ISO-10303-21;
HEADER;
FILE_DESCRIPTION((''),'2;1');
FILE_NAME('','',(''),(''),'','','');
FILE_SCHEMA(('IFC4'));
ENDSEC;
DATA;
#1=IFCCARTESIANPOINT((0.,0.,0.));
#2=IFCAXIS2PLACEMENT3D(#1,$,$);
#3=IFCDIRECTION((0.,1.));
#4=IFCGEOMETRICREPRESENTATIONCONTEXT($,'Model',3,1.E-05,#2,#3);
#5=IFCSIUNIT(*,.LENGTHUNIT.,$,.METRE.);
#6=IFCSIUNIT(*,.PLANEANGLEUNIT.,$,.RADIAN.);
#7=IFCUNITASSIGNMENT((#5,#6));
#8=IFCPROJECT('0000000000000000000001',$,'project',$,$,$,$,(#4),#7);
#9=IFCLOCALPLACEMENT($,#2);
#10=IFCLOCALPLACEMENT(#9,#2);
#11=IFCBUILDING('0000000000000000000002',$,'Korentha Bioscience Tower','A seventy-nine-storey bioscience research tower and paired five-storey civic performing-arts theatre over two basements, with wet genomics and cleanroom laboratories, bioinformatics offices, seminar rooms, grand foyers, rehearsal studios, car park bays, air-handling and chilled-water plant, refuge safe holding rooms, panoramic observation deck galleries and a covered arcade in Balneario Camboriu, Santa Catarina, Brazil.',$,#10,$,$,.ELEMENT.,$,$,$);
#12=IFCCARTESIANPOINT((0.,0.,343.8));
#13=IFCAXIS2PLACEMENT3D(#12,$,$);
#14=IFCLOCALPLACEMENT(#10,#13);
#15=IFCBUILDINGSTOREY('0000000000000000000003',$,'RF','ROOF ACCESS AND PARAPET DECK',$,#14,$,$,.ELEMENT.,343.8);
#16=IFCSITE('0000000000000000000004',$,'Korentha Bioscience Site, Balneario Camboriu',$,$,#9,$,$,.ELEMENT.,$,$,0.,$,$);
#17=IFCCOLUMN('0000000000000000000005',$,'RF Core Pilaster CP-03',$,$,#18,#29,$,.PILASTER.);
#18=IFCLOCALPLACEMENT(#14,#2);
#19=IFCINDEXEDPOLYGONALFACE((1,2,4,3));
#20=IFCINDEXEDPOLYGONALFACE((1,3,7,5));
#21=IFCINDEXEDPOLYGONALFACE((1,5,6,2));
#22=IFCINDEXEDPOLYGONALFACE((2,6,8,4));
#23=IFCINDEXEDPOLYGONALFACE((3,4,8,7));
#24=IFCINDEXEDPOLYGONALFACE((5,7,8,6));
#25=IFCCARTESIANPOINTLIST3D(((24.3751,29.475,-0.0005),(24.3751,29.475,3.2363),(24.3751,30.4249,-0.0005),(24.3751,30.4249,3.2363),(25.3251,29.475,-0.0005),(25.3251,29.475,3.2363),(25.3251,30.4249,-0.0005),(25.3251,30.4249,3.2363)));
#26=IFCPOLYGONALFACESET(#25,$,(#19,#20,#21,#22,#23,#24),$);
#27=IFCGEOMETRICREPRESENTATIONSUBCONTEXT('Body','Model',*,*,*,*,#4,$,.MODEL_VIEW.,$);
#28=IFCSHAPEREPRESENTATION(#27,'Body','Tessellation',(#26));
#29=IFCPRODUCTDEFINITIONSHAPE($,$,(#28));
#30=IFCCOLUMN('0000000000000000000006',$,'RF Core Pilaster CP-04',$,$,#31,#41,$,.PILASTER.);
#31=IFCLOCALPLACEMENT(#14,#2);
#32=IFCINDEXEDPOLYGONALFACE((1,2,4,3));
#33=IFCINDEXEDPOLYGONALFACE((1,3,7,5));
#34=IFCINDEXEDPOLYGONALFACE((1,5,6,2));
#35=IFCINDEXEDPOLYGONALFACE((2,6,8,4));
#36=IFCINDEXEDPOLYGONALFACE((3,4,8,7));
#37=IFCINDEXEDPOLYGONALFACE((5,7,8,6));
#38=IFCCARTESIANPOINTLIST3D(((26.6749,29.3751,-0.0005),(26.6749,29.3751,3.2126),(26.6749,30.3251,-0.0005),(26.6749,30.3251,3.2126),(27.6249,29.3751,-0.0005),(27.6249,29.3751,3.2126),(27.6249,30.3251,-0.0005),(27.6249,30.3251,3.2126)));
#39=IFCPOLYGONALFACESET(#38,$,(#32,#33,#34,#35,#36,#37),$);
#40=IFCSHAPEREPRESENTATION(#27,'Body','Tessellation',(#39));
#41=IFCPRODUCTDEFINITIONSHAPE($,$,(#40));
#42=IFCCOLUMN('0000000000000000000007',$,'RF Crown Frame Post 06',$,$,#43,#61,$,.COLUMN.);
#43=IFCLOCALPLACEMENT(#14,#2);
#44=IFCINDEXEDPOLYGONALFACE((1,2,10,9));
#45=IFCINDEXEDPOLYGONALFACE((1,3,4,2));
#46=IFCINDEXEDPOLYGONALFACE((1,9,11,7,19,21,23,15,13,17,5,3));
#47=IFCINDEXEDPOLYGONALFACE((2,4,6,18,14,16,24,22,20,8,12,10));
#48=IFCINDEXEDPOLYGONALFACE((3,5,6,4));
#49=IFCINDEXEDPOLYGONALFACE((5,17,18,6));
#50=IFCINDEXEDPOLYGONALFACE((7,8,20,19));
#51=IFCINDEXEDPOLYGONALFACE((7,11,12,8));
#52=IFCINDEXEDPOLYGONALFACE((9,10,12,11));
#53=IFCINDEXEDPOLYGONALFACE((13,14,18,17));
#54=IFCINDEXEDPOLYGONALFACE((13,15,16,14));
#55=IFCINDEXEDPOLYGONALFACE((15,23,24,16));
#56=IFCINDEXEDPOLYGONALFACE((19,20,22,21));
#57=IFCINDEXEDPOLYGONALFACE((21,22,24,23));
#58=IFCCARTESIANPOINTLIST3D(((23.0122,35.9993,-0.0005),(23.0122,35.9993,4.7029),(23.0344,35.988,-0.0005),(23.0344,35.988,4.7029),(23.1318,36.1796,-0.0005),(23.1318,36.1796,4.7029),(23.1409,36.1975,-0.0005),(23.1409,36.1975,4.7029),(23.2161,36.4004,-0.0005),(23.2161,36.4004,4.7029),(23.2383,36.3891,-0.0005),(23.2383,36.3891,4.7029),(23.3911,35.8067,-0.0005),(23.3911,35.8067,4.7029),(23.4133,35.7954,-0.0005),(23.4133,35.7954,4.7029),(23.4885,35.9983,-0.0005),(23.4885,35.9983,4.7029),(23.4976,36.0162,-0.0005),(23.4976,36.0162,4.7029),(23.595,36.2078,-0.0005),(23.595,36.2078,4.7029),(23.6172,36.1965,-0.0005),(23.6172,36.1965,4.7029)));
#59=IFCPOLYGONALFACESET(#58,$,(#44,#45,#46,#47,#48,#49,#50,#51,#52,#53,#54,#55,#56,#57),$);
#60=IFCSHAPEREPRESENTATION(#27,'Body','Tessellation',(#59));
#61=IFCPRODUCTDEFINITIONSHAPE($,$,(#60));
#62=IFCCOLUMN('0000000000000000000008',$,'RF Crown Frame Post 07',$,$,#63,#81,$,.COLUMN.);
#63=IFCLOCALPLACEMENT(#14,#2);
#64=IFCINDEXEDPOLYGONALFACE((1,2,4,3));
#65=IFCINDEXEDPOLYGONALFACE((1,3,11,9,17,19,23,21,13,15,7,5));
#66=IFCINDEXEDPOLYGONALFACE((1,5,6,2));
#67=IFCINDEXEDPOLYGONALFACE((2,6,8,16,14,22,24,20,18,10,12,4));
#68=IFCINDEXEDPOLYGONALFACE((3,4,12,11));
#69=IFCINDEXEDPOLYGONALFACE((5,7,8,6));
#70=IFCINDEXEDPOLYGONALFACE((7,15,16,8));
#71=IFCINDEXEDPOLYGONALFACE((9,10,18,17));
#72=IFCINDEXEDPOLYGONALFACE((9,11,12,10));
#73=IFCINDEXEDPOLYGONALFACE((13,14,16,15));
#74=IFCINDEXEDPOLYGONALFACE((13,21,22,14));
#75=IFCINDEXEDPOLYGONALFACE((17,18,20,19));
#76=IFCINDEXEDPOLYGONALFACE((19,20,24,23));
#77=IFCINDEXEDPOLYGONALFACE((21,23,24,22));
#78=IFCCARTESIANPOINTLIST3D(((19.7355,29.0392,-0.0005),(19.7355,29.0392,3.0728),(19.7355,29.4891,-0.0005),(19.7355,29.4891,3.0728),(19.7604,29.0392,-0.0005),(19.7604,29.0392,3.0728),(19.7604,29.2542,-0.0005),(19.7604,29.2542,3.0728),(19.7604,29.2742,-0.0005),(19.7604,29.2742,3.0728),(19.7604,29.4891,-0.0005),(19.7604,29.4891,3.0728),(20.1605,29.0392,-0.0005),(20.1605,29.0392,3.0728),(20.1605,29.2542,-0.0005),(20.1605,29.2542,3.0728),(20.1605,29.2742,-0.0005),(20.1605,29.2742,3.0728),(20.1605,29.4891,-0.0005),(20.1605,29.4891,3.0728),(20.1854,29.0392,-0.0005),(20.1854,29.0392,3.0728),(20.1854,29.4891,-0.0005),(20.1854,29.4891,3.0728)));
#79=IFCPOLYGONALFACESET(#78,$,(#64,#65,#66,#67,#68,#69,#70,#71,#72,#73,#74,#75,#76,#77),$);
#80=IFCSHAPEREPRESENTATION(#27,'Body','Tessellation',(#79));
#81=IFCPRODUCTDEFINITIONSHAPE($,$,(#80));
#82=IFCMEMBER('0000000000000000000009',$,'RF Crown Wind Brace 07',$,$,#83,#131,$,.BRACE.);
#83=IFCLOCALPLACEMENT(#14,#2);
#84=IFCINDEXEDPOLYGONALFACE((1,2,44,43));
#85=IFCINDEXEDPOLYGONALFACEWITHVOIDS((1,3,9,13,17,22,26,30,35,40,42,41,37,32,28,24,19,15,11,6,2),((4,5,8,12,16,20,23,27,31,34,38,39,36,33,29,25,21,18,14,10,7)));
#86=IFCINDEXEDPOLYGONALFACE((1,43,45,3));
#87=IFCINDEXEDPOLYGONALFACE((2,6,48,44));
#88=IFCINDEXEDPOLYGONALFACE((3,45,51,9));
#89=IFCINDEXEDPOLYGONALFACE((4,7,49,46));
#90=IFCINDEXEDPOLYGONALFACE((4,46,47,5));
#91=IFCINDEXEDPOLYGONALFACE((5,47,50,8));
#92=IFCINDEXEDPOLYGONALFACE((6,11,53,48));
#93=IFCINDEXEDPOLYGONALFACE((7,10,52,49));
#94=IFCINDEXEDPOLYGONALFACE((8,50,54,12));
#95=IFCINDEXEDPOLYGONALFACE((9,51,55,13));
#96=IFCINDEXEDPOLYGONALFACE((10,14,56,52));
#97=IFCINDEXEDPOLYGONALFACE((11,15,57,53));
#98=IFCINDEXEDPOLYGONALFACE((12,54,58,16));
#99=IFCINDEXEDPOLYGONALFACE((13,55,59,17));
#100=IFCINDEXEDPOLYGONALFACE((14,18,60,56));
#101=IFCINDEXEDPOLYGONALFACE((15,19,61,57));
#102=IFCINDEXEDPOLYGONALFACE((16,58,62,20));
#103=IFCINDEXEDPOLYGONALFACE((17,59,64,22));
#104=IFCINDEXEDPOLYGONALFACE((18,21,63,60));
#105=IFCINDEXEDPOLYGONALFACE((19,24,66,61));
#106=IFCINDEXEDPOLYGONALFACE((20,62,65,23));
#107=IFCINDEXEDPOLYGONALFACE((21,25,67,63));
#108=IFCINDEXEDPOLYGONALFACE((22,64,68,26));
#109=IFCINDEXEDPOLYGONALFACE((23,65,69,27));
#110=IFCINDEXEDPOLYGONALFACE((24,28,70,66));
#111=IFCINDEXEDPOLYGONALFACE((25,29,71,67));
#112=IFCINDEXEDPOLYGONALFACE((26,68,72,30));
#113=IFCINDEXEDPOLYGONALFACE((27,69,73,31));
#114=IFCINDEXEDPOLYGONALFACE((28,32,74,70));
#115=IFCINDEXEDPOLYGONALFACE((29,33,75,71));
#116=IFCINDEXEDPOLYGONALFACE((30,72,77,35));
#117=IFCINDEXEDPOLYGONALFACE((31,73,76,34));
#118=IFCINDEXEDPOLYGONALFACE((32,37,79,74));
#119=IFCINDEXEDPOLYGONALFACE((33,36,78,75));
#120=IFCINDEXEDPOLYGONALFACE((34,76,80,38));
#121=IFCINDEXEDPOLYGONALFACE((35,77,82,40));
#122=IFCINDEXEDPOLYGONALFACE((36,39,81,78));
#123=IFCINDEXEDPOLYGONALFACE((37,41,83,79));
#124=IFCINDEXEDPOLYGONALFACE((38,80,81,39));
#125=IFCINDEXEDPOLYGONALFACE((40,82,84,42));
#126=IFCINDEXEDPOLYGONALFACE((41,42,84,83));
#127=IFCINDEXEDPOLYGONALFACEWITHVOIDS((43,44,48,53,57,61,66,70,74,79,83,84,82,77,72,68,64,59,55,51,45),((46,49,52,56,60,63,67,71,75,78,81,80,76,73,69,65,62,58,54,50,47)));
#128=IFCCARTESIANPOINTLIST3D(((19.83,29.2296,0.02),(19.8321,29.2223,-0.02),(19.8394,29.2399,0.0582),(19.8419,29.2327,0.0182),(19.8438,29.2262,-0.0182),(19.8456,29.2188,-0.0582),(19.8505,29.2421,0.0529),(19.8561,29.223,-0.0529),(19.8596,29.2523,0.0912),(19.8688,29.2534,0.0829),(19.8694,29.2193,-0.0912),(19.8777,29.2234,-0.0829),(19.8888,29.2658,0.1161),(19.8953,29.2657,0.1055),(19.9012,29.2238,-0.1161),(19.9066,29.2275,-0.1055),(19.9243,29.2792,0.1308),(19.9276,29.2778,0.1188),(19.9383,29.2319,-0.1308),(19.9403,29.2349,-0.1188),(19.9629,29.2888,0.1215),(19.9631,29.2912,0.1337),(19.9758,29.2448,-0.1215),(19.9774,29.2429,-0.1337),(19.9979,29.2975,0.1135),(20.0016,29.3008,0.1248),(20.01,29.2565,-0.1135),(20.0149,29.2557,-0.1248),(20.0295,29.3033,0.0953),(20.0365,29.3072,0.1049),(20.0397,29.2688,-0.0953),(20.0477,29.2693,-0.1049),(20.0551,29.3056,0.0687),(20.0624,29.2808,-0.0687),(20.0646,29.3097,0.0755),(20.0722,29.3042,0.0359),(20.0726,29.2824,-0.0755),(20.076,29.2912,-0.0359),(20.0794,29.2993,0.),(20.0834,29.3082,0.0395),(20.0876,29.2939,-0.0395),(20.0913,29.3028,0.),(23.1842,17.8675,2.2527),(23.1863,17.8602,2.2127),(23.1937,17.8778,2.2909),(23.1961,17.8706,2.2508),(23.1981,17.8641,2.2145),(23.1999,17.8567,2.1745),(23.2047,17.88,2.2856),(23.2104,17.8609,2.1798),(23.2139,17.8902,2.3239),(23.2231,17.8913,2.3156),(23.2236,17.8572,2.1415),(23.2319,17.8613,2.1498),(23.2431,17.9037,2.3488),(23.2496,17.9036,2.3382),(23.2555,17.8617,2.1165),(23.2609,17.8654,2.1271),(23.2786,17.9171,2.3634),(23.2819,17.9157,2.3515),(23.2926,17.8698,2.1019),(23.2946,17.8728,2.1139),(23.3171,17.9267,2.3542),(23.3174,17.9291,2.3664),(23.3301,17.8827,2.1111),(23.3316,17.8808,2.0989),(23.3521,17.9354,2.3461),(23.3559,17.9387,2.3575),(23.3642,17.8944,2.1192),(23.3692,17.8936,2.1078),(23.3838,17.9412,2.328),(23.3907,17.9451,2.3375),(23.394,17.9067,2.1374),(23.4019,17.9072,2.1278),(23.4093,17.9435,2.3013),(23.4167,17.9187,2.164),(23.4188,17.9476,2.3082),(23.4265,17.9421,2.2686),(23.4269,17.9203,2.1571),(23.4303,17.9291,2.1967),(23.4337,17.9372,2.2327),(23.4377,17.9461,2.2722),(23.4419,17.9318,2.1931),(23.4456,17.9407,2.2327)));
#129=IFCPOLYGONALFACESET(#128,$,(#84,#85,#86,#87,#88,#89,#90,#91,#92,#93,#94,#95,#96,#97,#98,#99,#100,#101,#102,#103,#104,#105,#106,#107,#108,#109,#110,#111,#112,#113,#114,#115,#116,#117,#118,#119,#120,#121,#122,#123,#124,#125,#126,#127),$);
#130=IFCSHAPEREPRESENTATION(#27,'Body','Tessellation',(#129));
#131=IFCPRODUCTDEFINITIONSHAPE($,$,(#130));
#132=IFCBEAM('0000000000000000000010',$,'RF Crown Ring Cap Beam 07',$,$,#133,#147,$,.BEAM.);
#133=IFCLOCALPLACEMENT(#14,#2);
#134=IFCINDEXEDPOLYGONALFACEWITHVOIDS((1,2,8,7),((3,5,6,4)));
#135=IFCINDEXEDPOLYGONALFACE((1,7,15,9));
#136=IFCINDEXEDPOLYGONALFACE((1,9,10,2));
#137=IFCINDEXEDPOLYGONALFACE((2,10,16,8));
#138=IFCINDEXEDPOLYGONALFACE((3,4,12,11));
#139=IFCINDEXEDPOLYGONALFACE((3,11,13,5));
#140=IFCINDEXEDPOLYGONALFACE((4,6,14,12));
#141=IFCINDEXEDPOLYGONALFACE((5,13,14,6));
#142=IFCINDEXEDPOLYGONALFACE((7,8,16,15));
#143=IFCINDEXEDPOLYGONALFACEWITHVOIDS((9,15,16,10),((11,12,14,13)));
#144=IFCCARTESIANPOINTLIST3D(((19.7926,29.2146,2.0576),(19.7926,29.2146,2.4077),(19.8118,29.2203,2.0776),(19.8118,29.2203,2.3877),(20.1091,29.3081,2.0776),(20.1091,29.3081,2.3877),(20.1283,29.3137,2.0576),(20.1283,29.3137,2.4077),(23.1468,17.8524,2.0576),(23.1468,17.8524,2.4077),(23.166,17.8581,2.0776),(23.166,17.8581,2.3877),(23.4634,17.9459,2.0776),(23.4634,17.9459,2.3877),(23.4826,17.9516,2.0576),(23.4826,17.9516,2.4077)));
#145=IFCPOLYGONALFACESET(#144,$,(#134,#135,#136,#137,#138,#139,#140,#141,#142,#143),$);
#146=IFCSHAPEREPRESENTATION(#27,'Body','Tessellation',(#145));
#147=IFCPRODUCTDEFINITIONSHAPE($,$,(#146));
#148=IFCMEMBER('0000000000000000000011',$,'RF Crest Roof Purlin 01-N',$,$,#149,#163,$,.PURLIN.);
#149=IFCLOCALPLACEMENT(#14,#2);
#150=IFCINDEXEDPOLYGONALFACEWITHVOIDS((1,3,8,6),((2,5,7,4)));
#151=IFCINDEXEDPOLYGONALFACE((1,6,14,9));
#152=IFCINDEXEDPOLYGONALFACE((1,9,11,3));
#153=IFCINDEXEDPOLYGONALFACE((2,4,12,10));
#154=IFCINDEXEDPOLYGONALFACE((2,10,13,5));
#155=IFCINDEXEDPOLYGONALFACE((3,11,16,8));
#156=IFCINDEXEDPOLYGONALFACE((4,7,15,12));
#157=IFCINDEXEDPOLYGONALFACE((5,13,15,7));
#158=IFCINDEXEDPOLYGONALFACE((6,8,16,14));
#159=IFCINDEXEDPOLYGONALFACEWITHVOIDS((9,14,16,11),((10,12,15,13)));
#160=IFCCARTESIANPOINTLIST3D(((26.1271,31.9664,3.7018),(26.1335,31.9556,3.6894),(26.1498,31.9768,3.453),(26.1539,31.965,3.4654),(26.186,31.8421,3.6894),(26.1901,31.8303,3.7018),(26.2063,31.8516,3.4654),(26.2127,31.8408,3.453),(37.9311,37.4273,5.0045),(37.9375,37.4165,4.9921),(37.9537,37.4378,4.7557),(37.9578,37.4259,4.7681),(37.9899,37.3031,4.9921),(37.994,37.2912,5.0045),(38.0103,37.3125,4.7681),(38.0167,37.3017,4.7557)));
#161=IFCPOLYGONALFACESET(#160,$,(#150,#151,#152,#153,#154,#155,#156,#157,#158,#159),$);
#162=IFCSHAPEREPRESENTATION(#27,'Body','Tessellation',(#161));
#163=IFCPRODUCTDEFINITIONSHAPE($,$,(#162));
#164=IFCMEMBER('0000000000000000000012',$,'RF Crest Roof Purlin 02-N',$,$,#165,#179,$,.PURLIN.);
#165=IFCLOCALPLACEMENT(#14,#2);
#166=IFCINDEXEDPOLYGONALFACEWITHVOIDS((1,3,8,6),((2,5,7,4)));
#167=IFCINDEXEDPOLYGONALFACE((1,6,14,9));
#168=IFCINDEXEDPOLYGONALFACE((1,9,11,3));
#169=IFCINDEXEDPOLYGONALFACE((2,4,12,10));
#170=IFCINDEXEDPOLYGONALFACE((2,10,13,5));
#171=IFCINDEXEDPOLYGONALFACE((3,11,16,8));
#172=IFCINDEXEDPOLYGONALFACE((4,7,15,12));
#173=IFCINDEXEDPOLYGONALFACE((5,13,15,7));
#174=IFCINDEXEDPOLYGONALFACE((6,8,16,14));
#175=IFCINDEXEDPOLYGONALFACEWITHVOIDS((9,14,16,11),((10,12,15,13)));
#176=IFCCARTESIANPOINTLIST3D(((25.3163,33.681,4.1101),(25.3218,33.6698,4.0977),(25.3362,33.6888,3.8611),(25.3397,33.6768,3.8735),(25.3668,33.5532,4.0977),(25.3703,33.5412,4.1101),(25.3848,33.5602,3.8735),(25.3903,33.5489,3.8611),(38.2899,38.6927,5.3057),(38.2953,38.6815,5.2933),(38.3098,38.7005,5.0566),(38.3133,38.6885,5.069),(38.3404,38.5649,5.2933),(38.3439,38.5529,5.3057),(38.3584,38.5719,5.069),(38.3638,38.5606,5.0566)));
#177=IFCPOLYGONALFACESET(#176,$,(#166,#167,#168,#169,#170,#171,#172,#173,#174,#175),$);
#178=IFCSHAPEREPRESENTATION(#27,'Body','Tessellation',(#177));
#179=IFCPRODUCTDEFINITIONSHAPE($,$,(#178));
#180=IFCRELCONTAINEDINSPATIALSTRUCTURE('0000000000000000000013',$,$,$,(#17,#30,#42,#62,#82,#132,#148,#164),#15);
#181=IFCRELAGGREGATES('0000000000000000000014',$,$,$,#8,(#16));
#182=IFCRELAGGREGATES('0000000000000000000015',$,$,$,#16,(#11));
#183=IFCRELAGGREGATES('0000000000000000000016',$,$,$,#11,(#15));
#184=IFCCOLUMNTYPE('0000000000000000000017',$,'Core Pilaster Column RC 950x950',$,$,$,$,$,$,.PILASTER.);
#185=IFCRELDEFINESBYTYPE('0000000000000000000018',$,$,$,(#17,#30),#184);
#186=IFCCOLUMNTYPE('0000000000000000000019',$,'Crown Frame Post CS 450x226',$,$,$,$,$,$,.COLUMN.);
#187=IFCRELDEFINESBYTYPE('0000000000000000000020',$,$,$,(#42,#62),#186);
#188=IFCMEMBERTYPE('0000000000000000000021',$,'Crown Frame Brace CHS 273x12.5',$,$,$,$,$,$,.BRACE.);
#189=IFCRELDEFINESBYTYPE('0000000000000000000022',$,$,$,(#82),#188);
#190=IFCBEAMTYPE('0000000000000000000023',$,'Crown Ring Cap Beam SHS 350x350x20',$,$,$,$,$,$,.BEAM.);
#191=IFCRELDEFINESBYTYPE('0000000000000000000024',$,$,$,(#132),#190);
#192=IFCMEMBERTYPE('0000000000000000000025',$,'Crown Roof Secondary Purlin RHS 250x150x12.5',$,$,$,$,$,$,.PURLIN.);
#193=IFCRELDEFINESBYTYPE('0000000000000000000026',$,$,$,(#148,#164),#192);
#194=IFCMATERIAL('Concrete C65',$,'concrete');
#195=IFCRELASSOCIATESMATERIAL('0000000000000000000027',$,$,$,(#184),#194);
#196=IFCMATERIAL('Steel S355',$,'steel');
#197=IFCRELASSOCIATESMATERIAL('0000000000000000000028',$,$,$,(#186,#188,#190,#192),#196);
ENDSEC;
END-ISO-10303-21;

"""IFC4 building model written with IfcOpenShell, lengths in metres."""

from ifc_helpers import new_model, si_unit, direction, frame, origin, origin_2d, place, context, subcontext, project, spatial, rectangle, hollow_rectangle, hollow_circle, i_section, extrude, material, material_profile, profile_set, type_object, element, save


model = new_model("IFC4")

# Units and contexts
model_context = context("Model", 3, precision=1e-05, world=origin(), true_north=direction((0.0, 1.0)))
body_context = subcontext(model_context, "Body", "Model", "MODEL_VIEW")
ifc_project = project(units=[si_unit("LENGTHUNIT", "METRE"), si_unit("PLANEANGLEUNIT", "RADIAN")], contexts=[model_context])

# Site, building, storey
site_placement = place(None, origin())
site = spatial("IfcSite", under=ifc_project, at=site_placement, Name="Korentha Bioscience Site, Balneario Camboriu", CompositionType="ELEMENT", RefElevation=0.0)
building_placement = place(site_placement, origin())
building = spatial("IfcBuilding", under=site, at=building_placement, Name="Korentha Bioscience Tower", Description="A seventy-nine-storey bioscience research tower and paired five-storey civic performing-arts theatre over two basements, with wet genomics and cleanroom laboratories, bioinformatics offices, seminar rooms, grand foyers, rehearsal studios, car park bays, air-handling and chilled-water plant, refuge safe holding rooms, panoramic observation deck galleries and a covered arcade in Balneario Camboriu, Santa Catarina, Brazil.", CompositionType="ELEMENT")
storey_placement = place(building_placement, frame((0.0, 0.0, 343.8)))
storey = spatial("IfcBuildingStorey", under=building, at=storey_placement, Name="RF", Description="ROOF ACCESS AND PARAPET DECK", CompositionType="ELEMENT", Elevation=343.8)

# Columns
ifc_material_1 = material(Name="Concrete C65", Category="concrete")
ifc_material_profile_1 = material_profile(ifc_material_1, rectangle(XDim=0.95, YDim=0.95, at=origin_2d()), Name="Concrete C65")
ifc_profile_set_1 = profile_set([ifc_material_profile_1], Name="Concrete C65 (COL-CP09)")
column_type_1 = type_object("IfcColumnType", Name="Core Pilaster Column RC 950x950", PredefinedType="PILASTER", material=ifc_profile_set_1)
column_1_placement = place(storey_placement, frame((24.8501, 29.95, -0.0005), z_axis=(0.0, 0.0, 1.0), x_axis=(1.0, 0.0, 0.0)))
element("IfcColumn", 1, at=column_1_placement, inside=storey, type_object=column_type_1, Name="RF Core Pilaster CP-03", PredefinedType="PILASTER", context=body_context, shape_type="SweptSolid", body=[
    extrude(rectangle(XDim=0.95, YDim=0.95, at=origin_2d()), origin(), (0.0, 0.0, 1.0), 3.2368),
])
column_2_placement = place(storey_placement, frame((27.1499, 29.8501, -0.0005), z_axis=(0.0, 0.0, 1.0), x_axis=(1.0, 0.0, 0.0)))
element("IfcColumn", 2, at=column_2_placement, inside=storey, type_object=column_type_1, Name="RF Core Pilaster CP-04", PredefinedType="PILASTER", context=body_context, shape_type="SweptSolid", body=[
    extrude(rectangle(XDim=0.95, YDim=0.95, at=origin_2d()), origin(), (0.0, 0.0, 1.0), 3.2131),
])
ifc_material_2 = material(Name="Steel S355", Category="steel")
ifc_material_profile_2 = material_profile(ifc_material_2, i_section(OverallWidth=0.45, OverallDepth=0.45, WebThickness=0.02, FlangeThickness=0.0249, at=origin_2d()), Name="Steel S355")
ifc_profile_set_2 = profile_set([ifc_material_profile_2], Name="Steel S355 (CF-C1)")
column_type_2 = type_object("IfcColumnType", Name="Crown Frame Post CS 450x226", PredefinedType="COLUMN", material=ifc_profile_set_2)
column_3_placement = place(storey_placement, frame((23.3147, 36.0979, -0.0005), z_axis=(0.0, 0.0, 1.0), x_axis=(0.453057, 0.891481, 0.0)))
element("IfcColumn", 3, at=column_3_placement, inside=storey, type_object=column_type_2, Name="RF Crown Frame Post 06", PredefinedType="COLUMN", context=body_context, shape_type="SweptSolid", body=[
    extrude(i_section(OverallWidth=0.45, OverallDepth=0.45, WebThickness=0.02, FlangeThickness=0.0249, at=origin_2d()), origin(), (0.0, 0.0, 1.0), 4.7034),
])
column_4_placement = place(storey_placement, frame((19.9604, 29.2642, -0.0005), z_axis=(0.0, 0.0, 1.0), x_axis=(0.0, 1.0, 0.0)))
element("IfcColumn", 4, at=column_4_placement, inside=storey, type_object=column_type_2, Name="RF Crown Frame Post 07", PredefinedType="COLUMN", context=body_context, shape_type="SweptSolid", body=[
    extrude(i_section(OverallWidth=0.45, OverallDepth=0.45, WebThickness=0.02, FlangeThickness=0.0249, at=origin_2d()), origin(), (0.0, 0.0, 1.0), 3.0732),
])

# Member
ifc_material_profile_3 = material_profile(ifc_material_2, hollow_circle(Radius=0.1365, WallThickness=0.0125, at=origin_2d()), Name="Steel S355")
ifc_profile_set_3 = profile_set([ifc_material_profile_3], Name="Steel S355 (CF-BR273)")
member_type_1 = type_object("IfcMemberType", Name="Crown Frame Brace CHS 273x12.5", PredefinedType="BRACE", material=ifc_profile_set_3)
member_1_placement = place(storey_placement, frame((19.9604, 29.2642, 0.0), z_axis=(0.278237, -0.942489, 0.185201), x_axis=(0.95908, 0.283135, 0.0)))
element("IfcMember", 5, at=member_1_placement, inside=storey, type_object=member_type_1, Name="RF Crown Wind Brace 07", PredefinedType="BRACE", context=body_context, shape_type="SweptSolid", body=[
    extrude(hollow_circle(Radius=0.1365, WallThickness=0.0125, at=origin_2d()), origin(), (0.0, 0.0, 1.0), 12.0554),
])

# Beam
ifc_material_profile_4 = material_profile(ifc_material_2, hollow_rectangle(XDim=0.3501, YDim=0.3501, WallThickness=0.02, at=origin_2d()), Name="Steel S355")
ifc_profile_set_4 = profile_set([ifc_material_profile_4], Name="Steel S355 (CF-RB1)")
beam_type_1 = type_object("IfcBeamType", Name="Crown Ring Cap Beam SHS 350x350x20", PredefinedType="BEAM", material=ifc_profile_set_4)
beam_1_placement = place(storey_placement, frame((19.9604, 29.2642, 2.2327), z_axis=(0.283135, -0.95908, 0.0), x_axis=(0.95908, 0.283135, 0.0)))
element("IfcBeam", 6, at=beam_1_placement, inside=storey, type_object=beam_type_1, Name="RF Crown Ring Cap Beam 07", PredefinedType="BEAM", context=body_context, shape_type="SweptSolid", body=[
    extrude(hollow_rectangle(XDim=0.3501, YDim=0.3501, WallThickness=0.02, at=origin_2d()), origin(), (0.0, 0.0, 1.0), 11.8469),
])

# Members
ifc_material_profile_5 = material_profile(ifc_material_2, hollow_rectangle(XDim=0.1499, YDim=0.25, WallThickness=0.0125, at=origin_2d()), Name="Steel S355")
ifc_profile_set_5 = profile_set([ifc_material_profile_5], Name="Steel S355 (CR-P250)")
member_type_2 = type_object("IfcMemberType", Name="Crown Roof Secondary Purlin RHS 250x150x12.5", PredefinedType="PURLIN", material=ifc_profile_set_5)
member_2_placement = place(storey_placement, frame((26.1699, 31.9036, 3.5774), z_axis=(0.903061, 0.417789, 0.099666), x_axis=(-0.419879, 0.90758, 0.0)))
element("IfcMember", 7, at=member_2_placement, inside=storey, type_object=member_type_2, Name="RF Crest Roof Purlin 01-N", PredefinedType="PURLIN", context=body_context, shape_type="SweptSolid", body=[
    extrude(hollow_rectangle(XDim=0.1499, YDim=0.25, WallThickness=0.0125, at=origin_2d()), origin(), (0.0, 0.0, 1.0), 13.071),
])
member_3_placement = place(storey_placement, frame((25.3533, 33.615, 3.9856), z_axis=(0.92939, 0.359024, 0.085646), x_axis=(-0.360348, 0.932818, 0.0)))
element("IfcMember", 8, at=member_3_placement, inside=storey, type_object=member_type_2, Name="RF Crest Roof Purlin 02-N", PredefinedType="PURLIN", context=body_context, shape_type="SweptSolid", body=[
    extrude(hollow_rectangle(XDim=0.1499, YDim=0.25, WallThickness=0.0125, at=origin_2d()), origin(), (0.0, 0.0, 1.0), 13.9592),
])

save(model, "model.ifc")
